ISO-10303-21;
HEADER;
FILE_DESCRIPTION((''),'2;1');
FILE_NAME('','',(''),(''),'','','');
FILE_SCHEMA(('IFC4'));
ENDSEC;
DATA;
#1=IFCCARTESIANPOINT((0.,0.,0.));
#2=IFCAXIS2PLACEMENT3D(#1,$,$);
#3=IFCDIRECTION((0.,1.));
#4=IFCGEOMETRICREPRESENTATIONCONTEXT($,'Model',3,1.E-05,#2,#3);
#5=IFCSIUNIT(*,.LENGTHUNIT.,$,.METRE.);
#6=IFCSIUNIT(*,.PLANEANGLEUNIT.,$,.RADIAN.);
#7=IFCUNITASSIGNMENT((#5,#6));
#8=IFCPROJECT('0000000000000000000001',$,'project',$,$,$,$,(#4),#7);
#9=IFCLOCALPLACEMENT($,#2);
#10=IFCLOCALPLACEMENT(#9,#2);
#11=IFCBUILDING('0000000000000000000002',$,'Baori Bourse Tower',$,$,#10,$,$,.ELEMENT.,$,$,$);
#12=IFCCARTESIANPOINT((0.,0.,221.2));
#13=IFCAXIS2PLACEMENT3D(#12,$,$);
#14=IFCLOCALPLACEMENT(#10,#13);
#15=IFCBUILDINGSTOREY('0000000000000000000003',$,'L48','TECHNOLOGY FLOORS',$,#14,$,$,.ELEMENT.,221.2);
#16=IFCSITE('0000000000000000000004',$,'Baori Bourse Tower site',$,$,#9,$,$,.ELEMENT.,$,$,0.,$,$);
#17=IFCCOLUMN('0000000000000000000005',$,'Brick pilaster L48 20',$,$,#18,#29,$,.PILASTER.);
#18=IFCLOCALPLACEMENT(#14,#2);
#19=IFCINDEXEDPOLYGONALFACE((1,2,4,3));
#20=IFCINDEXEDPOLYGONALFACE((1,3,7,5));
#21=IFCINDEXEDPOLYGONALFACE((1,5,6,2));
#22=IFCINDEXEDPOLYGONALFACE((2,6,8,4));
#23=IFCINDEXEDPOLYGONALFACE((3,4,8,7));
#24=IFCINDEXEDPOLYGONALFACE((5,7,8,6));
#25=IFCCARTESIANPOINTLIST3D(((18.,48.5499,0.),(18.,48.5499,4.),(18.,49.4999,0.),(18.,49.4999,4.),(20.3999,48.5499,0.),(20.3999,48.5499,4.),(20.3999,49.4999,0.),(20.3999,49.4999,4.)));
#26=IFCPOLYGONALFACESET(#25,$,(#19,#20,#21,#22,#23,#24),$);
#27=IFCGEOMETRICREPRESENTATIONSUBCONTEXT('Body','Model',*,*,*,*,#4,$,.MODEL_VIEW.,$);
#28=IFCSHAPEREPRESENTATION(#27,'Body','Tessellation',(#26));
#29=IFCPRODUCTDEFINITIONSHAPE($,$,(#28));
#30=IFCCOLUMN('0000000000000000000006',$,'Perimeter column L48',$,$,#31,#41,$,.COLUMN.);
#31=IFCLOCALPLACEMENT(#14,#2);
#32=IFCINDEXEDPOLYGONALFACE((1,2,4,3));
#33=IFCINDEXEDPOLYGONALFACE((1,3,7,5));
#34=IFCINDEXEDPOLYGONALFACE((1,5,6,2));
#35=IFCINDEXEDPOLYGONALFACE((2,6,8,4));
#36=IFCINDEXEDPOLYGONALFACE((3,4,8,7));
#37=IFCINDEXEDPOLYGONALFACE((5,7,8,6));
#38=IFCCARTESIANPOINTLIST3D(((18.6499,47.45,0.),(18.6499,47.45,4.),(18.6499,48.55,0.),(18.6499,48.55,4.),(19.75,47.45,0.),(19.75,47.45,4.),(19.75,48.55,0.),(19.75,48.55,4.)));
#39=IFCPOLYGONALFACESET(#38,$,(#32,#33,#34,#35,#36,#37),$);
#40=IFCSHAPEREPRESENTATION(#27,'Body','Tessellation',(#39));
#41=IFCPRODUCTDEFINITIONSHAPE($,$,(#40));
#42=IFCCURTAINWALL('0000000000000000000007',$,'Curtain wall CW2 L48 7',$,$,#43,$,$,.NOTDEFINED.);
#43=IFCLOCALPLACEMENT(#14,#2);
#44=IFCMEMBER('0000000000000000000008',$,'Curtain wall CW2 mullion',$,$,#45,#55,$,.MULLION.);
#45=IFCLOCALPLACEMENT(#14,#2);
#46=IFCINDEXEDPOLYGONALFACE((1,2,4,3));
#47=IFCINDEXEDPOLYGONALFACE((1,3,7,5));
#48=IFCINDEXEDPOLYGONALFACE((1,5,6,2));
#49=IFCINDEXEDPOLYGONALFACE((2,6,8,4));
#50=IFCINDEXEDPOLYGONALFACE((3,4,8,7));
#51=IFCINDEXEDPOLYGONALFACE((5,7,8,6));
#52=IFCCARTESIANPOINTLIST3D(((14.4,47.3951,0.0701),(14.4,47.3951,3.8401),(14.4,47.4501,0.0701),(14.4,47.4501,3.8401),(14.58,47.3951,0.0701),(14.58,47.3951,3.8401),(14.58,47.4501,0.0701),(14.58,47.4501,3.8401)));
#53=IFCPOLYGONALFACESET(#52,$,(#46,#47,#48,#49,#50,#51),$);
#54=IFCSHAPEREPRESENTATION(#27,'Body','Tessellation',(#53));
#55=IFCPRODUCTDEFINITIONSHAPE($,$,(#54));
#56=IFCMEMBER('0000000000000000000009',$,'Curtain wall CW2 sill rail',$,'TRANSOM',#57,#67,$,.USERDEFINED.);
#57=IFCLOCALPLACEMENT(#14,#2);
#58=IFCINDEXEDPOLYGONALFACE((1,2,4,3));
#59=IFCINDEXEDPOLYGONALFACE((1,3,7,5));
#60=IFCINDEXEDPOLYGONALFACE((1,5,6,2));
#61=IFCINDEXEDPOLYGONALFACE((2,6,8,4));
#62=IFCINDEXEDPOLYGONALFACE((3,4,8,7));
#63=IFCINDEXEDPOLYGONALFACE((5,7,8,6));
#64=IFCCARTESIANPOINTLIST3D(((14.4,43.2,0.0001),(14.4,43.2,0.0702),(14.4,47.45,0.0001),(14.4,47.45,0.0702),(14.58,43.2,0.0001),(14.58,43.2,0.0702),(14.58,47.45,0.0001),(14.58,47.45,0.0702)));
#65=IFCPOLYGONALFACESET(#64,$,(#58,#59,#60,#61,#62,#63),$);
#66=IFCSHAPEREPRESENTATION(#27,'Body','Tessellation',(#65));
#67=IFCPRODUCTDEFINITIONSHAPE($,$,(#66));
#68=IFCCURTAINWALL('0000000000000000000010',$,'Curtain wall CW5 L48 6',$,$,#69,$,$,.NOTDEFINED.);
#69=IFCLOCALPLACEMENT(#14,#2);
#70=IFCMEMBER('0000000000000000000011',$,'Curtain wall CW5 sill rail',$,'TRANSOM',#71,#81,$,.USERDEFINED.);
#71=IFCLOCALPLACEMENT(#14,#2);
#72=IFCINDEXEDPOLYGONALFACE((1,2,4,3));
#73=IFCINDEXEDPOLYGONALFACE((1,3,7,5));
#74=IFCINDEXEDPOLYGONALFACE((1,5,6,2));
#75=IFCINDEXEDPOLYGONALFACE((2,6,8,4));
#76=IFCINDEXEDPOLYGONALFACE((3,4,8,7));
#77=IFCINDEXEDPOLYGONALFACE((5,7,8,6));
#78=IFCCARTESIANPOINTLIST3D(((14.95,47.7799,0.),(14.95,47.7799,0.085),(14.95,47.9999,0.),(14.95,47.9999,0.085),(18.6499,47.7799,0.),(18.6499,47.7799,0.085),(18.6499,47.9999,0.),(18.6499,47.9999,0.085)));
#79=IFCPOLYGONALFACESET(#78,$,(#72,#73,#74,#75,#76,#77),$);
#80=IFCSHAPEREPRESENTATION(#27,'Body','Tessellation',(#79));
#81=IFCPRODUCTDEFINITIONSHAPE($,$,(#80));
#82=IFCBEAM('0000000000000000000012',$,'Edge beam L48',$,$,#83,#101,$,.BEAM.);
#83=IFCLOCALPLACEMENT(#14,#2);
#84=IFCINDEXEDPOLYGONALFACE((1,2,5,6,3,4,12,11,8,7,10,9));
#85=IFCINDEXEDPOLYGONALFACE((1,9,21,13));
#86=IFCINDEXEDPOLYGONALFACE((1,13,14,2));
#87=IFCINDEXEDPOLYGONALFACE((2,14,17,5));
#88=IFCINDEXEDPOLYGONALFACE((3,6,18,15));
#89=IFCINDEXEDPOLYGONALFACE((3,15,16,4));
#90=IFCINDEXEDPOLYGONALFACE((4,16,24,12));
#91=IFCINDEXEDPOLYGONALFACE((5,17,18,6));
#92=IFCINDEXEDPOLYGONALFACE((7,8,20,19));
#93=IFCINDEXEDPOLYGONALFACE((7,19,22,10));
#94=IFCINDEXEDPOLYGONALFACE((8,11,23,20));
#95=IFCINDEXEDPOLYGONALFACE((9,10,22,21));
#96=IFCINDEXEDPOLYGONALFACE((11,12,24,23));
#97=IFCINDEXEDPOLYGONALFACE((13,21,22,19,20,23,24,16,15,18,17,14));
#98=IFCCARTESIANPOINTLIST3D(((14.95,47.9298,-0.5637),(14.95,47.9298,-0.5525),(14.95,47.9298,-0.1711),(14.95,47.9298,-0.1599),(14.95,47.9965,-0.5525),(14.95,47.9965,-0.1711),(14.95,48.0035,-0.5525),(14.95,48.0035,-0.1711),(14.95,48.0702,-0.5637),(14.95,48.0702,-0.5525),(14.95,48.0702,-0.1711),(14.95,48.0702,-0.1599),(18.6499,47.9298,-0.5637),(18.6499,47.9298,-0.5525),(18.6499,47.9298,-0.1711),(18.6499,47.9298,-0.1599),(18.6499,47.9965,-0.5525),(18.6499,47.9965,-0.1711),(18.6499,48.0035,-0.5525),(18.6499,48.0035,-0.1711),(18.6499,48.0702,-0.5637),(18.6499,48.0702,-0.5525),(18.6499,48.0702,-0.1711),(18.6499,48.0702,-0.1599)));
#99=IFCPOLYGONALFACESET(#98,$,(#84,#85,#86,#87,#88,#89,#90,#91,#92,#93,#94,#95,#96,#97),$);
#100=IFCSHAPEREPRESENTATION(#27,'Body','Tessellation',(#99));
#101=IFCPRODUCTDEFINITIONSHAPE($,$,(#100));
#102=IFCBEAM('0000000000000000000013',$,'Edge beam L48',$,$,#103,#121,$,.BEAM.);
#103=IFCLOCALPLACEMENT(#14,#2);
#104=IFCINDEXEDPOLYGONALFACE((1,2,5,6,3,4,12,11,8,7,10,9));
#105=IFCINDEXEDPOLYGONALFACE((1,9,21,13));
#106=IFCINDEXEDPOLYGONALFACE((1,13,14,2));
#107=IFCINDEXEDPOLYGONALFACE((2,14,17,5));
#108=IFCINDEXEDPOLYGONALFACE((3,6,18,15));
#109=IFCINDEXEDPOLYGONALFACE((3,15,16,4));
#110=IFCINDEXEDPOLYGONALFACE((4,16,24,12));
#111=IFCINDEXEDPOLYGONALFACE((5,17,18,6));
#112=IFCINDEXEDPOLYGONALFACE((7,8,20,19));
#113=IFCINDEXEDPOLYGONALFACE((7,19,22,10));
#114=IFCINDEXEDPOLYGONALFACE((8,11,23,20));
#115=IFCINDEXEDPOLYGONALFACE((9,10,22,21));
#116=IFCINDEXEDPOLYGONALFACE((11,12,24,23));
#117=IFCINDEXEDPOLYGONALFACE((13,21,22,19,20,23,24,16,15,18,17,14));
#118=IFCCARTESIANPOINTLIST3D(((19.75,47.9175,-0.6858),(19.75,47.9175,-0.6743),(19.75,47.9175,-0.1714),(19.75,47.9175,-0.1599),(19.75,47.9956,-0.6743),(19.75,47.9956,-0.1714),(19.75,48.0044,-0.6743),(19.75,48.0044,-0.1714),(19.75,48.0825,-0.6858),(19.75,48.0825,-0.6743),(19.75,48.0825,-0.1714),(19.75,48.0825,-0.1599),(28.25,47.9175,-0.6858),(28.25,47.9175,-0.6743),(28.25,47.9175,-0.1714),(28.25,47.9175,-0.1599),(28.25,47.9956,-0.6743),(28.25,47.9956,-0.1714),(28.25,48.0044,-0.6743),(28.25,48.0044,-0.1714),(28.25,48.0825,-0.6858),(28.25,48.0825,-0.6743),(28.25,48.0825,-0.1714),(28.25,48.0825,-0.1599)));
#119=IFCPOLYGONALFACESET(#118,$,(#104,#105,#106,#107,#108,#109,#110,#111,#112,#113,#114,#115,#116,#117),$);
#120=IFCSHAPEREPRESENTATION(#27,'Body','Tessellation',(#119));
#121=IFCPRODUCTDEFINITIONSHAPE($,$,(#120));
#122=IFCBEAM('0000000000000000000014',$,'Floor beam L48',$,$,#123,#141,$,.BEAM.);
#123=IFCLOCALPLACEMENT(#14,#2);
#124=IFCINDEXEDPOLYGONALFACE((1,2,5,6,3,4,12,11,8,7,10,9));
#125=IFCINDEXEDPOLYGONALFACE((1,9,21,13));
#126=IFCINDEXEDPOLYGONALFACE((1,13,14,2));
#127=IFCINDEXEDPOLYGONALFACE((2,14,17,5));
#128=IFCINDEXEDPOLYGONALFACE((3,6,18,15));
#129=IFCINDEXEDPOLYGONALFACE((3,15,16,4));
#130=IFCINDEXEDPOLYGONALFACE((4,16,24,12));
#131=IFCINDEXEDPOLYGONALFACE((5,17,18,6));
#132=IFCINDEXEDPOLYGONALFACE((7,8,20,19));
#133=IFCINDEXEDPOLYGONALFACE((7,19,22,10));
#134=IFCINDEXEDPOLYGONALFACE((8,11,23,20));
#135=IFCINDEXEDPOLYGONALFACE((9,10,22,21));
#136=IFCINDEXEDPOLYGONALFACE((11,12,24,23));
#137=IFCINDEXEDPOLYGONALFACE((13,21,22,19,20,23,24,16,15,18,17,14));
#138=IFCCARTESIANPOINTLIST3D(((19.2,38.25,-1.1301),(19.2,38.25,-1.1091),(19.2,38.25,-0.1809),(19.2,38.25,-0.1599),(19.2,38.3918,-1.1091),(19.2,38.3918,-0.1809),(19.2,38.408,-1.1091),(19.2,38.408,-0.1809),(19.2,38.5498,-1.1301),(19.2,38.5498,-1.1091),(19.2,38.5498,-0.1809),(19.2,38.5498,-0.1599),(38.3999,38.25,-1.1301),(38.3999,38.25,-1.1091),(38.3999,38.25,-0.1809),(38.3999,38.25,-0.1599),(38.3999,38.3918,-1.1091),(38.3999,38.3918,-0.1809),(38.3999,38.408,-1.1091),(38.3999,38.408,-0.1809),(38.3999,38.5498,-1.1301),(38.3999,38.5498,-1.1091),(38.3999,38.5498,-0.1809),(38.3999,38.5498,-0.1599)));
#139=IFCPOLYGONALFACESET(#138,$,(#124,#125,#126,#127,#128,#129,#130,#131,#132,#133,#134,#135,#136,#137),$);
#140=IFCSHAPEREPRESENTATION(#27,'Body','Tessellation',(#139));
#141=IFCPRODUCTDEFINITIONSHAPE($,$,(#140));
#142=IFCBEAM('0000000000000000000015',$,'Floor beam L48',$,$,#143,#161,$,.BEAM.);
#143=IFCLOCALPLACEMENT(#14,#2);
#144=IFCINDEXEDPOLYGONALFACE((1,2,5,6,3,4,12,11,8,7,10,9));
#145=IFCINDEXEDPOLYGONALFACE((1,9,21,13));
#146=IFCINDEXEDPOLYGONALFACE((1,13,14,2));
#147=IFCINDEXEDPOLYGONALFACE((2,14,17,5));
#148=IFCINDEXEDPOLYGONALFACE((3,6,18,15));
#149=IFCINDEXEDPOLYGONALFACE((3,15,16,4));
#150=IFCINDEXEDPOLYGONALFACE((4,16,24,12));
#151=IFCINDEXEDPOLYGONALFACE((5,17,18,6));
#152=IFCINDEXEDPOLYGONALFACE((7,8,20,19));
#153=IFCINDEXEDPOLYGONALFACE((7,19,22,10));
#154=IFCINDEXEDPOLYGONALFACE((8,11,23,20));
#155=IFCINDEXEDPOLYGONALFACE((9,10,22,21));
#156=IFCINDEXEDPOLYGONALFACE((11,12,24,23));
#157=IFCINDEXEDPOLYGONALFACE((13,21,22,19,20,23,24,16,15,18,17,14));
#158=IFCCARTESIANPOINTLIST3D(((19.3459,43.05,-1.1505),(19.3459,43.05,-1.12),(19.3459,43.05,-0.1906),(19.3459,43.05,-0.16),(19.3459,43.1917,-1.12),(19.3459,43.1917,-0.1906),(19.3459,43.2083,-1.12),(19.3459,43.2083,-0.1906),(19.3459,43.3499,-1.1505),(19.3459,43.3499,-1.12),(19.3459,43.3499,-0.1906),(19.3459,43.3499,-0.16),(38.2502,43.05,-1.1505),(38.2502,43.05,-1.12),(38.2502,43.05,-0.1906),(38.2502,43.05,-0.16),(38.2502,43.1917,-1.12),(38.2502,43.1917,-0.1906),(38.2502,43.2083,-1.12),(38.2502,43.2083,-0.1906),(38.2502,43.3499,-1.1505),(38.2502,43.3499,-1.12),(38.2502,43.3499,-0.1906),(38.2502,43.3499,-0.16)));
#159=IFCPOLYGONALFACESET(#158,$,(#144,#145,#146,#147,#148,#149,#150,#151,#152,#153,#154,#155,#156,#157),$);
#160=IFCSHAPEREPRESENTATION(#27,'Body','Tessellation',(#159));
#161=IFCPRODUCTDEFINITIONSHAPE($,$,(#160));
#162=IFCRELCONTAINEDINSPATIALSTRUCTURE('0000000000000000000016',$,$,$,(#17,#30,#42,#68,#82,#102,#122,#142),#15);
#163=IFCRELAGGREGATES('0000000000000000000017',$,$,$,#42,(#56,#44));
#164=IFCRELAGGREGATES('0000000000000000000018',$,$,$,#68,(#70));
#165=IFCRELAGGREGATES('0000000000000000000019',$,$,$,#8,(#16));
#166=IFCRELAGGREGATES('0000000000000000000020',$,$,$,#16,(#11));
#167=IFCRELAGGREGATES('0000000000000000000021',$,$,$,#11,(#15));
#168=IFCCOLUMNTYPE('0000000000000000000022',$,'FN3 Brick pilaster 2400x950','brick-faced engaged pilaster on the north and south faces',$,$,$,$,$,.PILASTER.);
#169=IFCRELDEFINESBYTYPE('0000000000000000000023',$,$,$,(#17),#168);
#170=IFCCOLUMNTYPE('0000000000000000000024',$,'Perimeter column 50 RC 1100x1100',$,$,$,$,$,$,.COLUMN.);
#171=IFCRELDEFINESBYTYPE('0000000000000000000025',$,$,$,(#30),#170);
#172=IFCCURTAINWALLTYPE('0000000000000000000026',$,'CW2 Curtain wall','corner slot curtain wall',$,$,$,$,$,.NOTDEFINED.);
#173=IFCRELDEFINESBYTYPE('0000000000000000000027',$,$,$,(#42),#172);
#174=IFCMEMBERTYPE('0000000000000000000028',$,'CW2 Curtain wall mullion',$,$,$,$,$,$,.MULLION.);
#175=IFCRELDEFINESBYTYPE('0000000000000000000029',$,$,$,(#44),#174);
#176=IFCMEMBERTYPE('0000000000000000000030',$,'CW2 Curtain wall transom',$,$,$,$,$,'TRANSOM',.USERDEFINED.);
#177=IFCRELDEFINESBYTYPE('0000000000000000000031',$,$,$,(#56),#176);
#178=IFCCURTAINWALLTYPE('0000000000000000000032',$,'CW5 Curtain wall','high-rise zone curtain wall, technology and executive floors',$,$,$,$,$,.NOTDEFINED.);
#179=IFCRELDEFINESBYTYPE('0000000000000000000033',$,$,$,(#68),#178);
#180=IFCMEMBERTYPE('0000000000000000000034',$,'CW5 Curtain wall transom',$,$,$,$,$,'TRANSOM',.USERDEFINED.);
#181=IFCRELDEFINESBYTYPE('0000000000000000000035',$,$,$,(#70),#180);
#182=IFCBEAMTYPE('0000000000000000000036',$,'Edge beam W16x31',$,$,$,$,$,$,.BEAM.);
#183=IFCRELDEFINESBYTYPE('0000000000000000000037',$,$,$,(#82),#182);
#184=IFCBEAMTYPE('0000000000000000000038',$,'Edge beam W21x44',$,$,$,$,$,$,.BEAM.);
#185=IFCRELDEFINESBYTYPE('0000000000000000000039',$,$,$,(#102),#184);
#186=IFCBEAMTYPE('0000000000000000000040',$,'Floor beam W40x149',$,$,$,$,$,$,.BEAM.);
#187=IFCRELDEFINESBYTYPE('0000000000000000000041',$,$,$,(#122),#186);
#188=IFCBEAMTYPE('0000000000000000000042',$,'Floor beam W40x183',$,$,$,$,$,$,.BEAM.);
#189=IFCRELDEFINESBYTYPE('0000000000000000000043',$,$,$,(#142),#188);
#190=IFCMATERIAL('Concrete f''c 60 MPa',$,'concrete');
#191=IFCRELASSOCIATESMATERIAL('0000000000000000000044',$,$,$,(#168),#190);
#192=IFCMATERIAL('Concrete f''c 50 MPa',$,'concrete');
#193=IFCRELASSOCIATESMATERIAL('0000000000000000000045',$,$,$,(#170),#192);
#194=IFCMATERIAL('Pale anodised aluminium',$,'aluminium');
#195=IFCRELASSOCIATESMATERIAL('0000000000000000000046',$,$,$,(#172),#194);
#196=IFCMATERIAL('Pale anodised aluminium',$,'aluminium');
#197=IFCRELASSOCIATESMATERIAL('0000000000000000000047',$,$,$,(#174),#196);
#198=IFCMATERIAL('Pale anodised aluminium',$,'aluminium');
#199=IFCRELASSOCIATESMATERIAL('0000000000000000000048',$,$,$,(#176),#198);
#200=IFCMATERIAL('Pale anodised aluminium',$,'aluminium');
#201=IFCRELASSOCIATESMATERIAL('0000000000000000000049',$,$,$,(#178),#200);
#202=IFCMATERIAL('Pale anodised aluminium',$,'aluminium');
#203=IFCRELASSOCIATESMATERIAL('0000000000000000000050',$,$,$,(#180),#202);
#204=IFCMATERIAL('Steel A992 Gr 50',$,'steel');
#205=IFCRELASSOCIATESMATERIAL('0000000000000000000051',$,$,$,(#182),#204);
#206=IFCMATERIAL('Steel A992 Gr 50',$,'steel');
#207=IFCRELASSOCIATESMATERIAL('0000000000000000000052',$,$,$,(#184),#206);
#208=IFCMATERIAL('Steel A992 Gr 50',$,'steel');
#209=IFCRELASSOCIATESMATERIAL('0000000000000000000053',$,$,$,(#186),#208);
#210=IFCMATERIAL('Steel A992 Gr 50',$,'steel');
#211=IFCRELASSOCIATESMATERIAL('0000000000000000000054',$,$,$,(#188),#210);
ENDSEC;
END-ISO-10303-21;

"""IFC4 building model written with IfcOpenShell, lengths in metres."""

from ifc_helpers import new_model, si_unit, direction, frame, origin, origin_2d, place, context, subcontext, project, spatial, rectangle, i_section, extrude, material, material_profile, profile_set, type_object, element, aggregate, save


model = new_model("IFC4")

# Units and contexts
model_context = context("Model", 3, precision=1e-05, world=origin(), true_north=direction((0.0, 1.0)))
body_context = subcontext(model_context, "Body", "Model", "MODEL_VIEW")
ifc_project = project(units=[si_unit("LENGTHUNIT", "METRE"), si_unit("PLANEANGLEUNIT", "RADIAN")], contexts=[model_context])

# Site, building, storey
site_placement = place(None, origin())
site = spatial("IfcSite", under=ifc_project, at=site_placement, Name="Baori Bourse Tower site", CompositionType="ELEMENT", RefElevation=0.0)
building_placement = place(site_placement, origin())
building = spatial("IfcBuilding", under=site, at=building_placement, Name="Baori Bourse Tower", CompositionType="ELEMENT")
storey_placement = place(building_placement, frame((0.0, 0.0, 221.2)))
storey = spatial("IfcBuildingStorey", under=building, at=storey_placement, Name="L48", Description="TECHNOLOGY FLOORS", CompositionType="ELEMENT", Elevation=221.2)

# Columns
ifc_material_1 = material(Name="Concrete f'c 60 MPa", Category="concrete")
ifc_material_profile_1 = material_profile(ifc_material_1, rectangle(XDim=2.3999, YDim=0.95, at=origin_2d()), Name="RC 2400x950")
ifc_profile_set_1 = profile_set([ifc_material_profile_1], Name="Concrete f'c 60 MPa")
column_type_1 = type_object("IfcColumnType", Name="FN3 Brick pilaster 2400x950", Description="brick-faced engaged pilaster on the north and south faces", PredefinedType="PILASTER", material=ifc_profile_set_1)
column_1_placement = place(storey_placement, frame((19.2, 49.0249, 0.0), z_axis=(0.0, 0.0, 1.0), x_axis=(1.0, 0.0, 0.0)))
element("IfcColumn", 1, at=column_1_placement, inside=storey, type_object=column_type_1, Name="Brick pilaster L48 20", PredefinedType="PILASTER", context=body_context, shape_type="SweptSolid", body=[
    extrude(rectangle(XDim=2.3999, YDim=0.95, at=origin_2d()), origin(), (0.0, 0.0, 1.0), 4.0),
])
ifc_material_2 = material(Name="Concrete f'c 50 MPa", Category="concrete")
ifc_material_profile_2 = material_profile(ifc_material_2, rectangle(XDim=1.1001, YDim=1.1001, at=origin_2d()), Name="RC 1100x1100")
ifc_profile_set_2 = profile_set([ifc_material_profile_2], Name="Concrete f'c 50 MPa")
column_type_2 = type_object("IfcColumnType", Name="Perimeter column 50 RC 1100x1100", PredefinedType="COLUMN", material=ifc_profile_set_2)
column_2_placement = place(storey_placement, frame((19.2, 48.0, 0.0), z_axis=(0.0, 0.0, 1.0), x_axis=(1.0, 0.0, 0.0)))
element("IfcColumn", 2, at=column_2_placement, inside=storey, type_object=column_type_2, Name="Perimeter column L48", PredefinedType="COLUMN", context=body_context, shape_type="SweptSolid", body=[
    extrude(rectangle(XDim=1.1001, YDim=1.1001, at=origin_2d()), origin(), (0.0, 0.0, 1.0), 4.0),
])

# Curtain wall, members
ifc_material_3 = material(Name="Pale anodised aluminium", Category="aluminium")
curtain_wall_type_1 = type_object("IfcCurtainWallType", Name="CW2 Curtain wall", Description="corner slot curtain wall", PredefinedType="NOTDEFINED", material=ifc_material_3)
curtain_wall_1_placement = place(storey_placement, origin())
curtain_wall_1 = element("IfcCurtainWall", 3, at=curtain_wall_1_placement, inside=storey, type_object=curtain_wall_type_1, Name="Curtain wall CW2 L48 7", PredefinedType="NOTDEFINED")
ifc_material_4 = material(Name="Pale anodised aluminium", Category="aluminium")
ifc_material_profile_3 = material_profile(ifc_material_4, rectangle(XDim=0.1799, YDim=0.0549, at=origin_2d()), Name="Mullion 55x180")
ifc_profile_set_3 = profile_set([ifc_material_profile_3], Name="Pale anodised aluminium")
member_type_1 = type_object("IfcMemberType", Name="CW2 Curtain wall mullion", PredefinedType="MULLION", material=ifc_profile_set_3)
member_1_placement = place(storey_placement, frame((14.49, 47.4226, 0.0701), z_axis=(0.0, 0.0, 1.0), x_axis=(1.0, 0.0, 0.0)))
member_1 = element("IfcMember", 4, at=member_1_placement, type_object=member_type_1, Name="Curtain wall CW2 mullion", PredefinedType="MULLION", context=body_context, shape_type="SweptSolid", body=[
    extrude(rectangle(XDim=0.1799, YDim=0.0549, at=origin_2d()), origin(), (0.0, 0.0, 1.0), 3.77),
])
ifc_material_5 = material(Name="Pale anodised aluminium", Category="aluminium")
ifc_material_profile_4 = material_profile(ifc_material_5, rectangle(XDim=0.1799, YDim=0.0701, at=origin_2d()), Name="Transom 70x180")
ifc_profile_set_4 = profile_set([ifc_material_profile_4], Name="Pale anodised aluminium")
member_type_2 = type_object("IfcMemberType", Name="CW2 Curtain wall transom", ElementType="TRANSOM", PredefinedType="USERDEFINED", material=ifc_profile_set_4)
member_2_placement = place(storey_placement, frame((14.49, 47.45, 0.0352), z_axis=(0.0, -1.0, 0.0), x_axis=(1.0, 0.0, 0.0)))
member_2 = element("IfcMember", 5, at=member_2_placement, type_object=member_type_2, Name="Curtain wall CW2 sill rail", ObjectType="TRANSOM", PredefinedType="USERDEFINED", context=body_context, shape_type="SweptSolid", body=[
    extrude(rectangle(XDim=0.1799, YDim=0.0701, at=origin_2d()), origin(), (0.0, 0.0, 1.0), 4.25),
])

# Curtain wall, member
ifc_material_6 = material(Name="Pale anodised aluminium", Category="aluminium")
curtain_wall_type_2 = type_object("IfcCurtainWallType", Name="CW5 Curtain wall", Description="high-rise zone curtain wall, technology and executive floors", PredefinedType="NOTDEFINED", material=ifc_material_6)
curtain_wall_2_placement = place(storey_placement, origin())
curtain_wall_2 = element("IfcCurtainWall", 6, at=curtain_wall_2_placement, inside=storey, type_object=curtain_wall_type_2, Name="Curtain wall CW5 L48 6", PredefinedType="NOTDEFINED")
ifc_material_7 = material(Name="Pale anodised aluminium", Category="aluminium")
ifc_material_profile_5 = material_profile(ifc_material_7, rectangle(XDim=0.22, YDim=0.085, at=origin_2d()), Name="Transom 85x220")
ifc_profile_set_5 = profile_set([ifc_material_profile_5], Name="Pale anodised aluminium")
member_type_3 = type_object("IfcMemberType", Name="CW5 Curtain wall transom", ElementType="TRANSOM", PredefinedType="USERDEFINED", material=ifc_profile_set_5)
member_3_placement = place(storey_placement, frame((18.6499, 47.8899, 0.0425), z_axis=(-1.0, 0.0, 0.0), x_axis=(0.0, -1.0, 0.0)))
member_3 = element("IfcMember", 7, at=member_3_placement, type_object=member_type_3, Name="Curtain wall CW5 sill rail", ObjectType="TRANSOM", PredefinedType="USERDEFINED", context=body_context, shape_type="SweptSolid", body=[
    extrude(rectangle(XDim=0.22, YDim=0.085, at=origin_2d()), origin(), (0.0, 0.0, 1.0), 3.7),
])

# Beams
ifc_material_8 = material(Name="Steel A992 Gr 50", Category="steel")
ifc_material_profile_6 = material_profile(ifc_material_8, i_section(OverallWidth=0.1404, OverallDepth=0.4038, WebThickness=0.0071, FlangeThickness=0.0112, at=origin_2d()), Name="W16x31")
ifc_profile_set_6 = profile_set([ifc_material_profile_6], Name="Steel A992 Gr 50")
beam_type_1 = type_object("IfcBeamType", Name="Edge beam W16x31", PredefinedType="BEAM", material=ifc_profile_set_6)
beam_1_placement = place(storey_placement, frame((14.95, 48.0, -0.3618), z_axis=(1.0, 0.0, 0.0), x_axis=(0.0, 1.0, 0.0)))
element("IfcBeam", 8, at=beam_1_placement, inside=storey, type_object=beam_type_1, Name="Edge beam L48", PredefinedType="BEAM", context=body_context, shape_type="SweptSolid", body=[
    extrude(i_section(OverallWidth=0.1404, OverallDepth=0.4038, WebThickness=0.0071, FlangeThickness=0.0112, at=origin_2d()), origin(), (0.0, 0.0, 1.0), 3.7),
])
ifc_material_9 = material(Name="Steel A992 Gr 50", Category="steel")
ifc_material_profile_7 = material_profile(ifc_material_9, i_section(OverallWidth=0.165, OverallDepth=0.5259, WebThickness=0.0088, FlangeThickness=0.0115, at=origin_2d()), Name="W21x44")
ifc_profile_set_7 = profile_set([ifc_material_profile_7], Name="Steel A992 Gr 50")
beam_type_2 = type_object("IfcBeamType", Name="Edge beam W21x44", PredefinedType="BEAM", material=ifc_profile_set_7)
beam_2_placement = place(storey_placement, frame((19.75, 48.0, -0.4229), z_axis=(1.0, 0.0, 0.0), x_axis=(0.0, 1.0, 0.0)))
element("IfcBeam", 9, at=beam_2_placement, inside=storey, type_object=beam_type_2, Name="Edge beam L48", PredefinedType="BEAM", context=body_context, shape_type="SweptSolid", body=[
    extrude(i_section(OverallWidth=0.165, OverallDepth=0.5259, WebThickness=0.0088, FlangeThickness=0.0115, at=origin_2d()), origin(), (0.0, 0.0, 1.0), 8.5),
])
ifc_material_10 = material(Name="Steel A992 Gr 50", Category="steel")
ifc_material_profile_8 = material_profile(ifc_material_10, i_section(OverallWidth=0.2998, OverallDepth=0.9702, WebThickness=0.0161, FlangeThickness=0.021, at=origin_2d()), Name="W40x149")
ifc_profile_set_8 = profile_set([ifc_material_profile_8], Name="Steel A992 Gr 50")
beam_type_3 = type_object("IfcBeamType", Name="Floor beam W40x149", PredefinedType="BEAM", material=ifc_profile_set_8)
beam_3_placement = place(storey_placement, frame((19.2, 38.3999, -0.645), z_axis=(1.0, 0.0, 0.0), x_axis=(0.0, 1.0, 0.0)))
element("IfcBeam", 10, at=beam_3_placement, inside=storey, type_object=beam_type_3, Name="Floor beam L48", PredefinedType="BEAM", context=body_context, shape_type="SweptSolid", body=[
    extrude(i_section(OverallWidth=0.2998, OverallDepth=0.9702, WebThickness=0.0161, FlangeThickness=0.021, at=origin_2d()), origin(), (0.0, 0.0, 1.0), 19.2),
])
ifc_material_11 = material(Name="Steel A992 Gr 50", Category="steel")
ifc_material_profile_9 = material_profile(ifc_material_11, i_section(OverallWidth=0.2998, OverallDepth=0.9905, WebThickness=0.0166, FlangeThickness=0.0305, at=origin_2d()), Name="W40x183")
ifc_profile_set_9 = profile_set([ifc_material_profile_9], Name="Steel A992 Gr 50")
beam_type_4 = type_object("IfcBeamType", Name="Floor beam W40x183", PredefinedType="BEAM", material=ifc_profile_set_9)
beam_4_placement = place(storey_placement, frame((19.3459, 43.2, -0.6553), z_axis=(1.0, 0.0, 0.0), x_axis=(0.0, 1.0, 0.0)))
element("IfcBeam", 11, at=beam_4_placement, inside=storey, type_object=beam_type_4, Name="Floor beam L48", PredefinedType="BEAM", context=body_context, shape_type="SweptSolid", body=[
    extrude(i_section(OverallWidth=0.2998, OverallDepth=0.9905, WebThickness=0.0166, FlangeThickness=0.0305, at=origin_2d()), origin(), (0.0, 0.0, 1.0), 18.9043),
])

aggregate(curtain_wall_1, [member_2, member_1])
aggregate(curtain_wall_2, [member_3])

save(model, "model.ifc")
